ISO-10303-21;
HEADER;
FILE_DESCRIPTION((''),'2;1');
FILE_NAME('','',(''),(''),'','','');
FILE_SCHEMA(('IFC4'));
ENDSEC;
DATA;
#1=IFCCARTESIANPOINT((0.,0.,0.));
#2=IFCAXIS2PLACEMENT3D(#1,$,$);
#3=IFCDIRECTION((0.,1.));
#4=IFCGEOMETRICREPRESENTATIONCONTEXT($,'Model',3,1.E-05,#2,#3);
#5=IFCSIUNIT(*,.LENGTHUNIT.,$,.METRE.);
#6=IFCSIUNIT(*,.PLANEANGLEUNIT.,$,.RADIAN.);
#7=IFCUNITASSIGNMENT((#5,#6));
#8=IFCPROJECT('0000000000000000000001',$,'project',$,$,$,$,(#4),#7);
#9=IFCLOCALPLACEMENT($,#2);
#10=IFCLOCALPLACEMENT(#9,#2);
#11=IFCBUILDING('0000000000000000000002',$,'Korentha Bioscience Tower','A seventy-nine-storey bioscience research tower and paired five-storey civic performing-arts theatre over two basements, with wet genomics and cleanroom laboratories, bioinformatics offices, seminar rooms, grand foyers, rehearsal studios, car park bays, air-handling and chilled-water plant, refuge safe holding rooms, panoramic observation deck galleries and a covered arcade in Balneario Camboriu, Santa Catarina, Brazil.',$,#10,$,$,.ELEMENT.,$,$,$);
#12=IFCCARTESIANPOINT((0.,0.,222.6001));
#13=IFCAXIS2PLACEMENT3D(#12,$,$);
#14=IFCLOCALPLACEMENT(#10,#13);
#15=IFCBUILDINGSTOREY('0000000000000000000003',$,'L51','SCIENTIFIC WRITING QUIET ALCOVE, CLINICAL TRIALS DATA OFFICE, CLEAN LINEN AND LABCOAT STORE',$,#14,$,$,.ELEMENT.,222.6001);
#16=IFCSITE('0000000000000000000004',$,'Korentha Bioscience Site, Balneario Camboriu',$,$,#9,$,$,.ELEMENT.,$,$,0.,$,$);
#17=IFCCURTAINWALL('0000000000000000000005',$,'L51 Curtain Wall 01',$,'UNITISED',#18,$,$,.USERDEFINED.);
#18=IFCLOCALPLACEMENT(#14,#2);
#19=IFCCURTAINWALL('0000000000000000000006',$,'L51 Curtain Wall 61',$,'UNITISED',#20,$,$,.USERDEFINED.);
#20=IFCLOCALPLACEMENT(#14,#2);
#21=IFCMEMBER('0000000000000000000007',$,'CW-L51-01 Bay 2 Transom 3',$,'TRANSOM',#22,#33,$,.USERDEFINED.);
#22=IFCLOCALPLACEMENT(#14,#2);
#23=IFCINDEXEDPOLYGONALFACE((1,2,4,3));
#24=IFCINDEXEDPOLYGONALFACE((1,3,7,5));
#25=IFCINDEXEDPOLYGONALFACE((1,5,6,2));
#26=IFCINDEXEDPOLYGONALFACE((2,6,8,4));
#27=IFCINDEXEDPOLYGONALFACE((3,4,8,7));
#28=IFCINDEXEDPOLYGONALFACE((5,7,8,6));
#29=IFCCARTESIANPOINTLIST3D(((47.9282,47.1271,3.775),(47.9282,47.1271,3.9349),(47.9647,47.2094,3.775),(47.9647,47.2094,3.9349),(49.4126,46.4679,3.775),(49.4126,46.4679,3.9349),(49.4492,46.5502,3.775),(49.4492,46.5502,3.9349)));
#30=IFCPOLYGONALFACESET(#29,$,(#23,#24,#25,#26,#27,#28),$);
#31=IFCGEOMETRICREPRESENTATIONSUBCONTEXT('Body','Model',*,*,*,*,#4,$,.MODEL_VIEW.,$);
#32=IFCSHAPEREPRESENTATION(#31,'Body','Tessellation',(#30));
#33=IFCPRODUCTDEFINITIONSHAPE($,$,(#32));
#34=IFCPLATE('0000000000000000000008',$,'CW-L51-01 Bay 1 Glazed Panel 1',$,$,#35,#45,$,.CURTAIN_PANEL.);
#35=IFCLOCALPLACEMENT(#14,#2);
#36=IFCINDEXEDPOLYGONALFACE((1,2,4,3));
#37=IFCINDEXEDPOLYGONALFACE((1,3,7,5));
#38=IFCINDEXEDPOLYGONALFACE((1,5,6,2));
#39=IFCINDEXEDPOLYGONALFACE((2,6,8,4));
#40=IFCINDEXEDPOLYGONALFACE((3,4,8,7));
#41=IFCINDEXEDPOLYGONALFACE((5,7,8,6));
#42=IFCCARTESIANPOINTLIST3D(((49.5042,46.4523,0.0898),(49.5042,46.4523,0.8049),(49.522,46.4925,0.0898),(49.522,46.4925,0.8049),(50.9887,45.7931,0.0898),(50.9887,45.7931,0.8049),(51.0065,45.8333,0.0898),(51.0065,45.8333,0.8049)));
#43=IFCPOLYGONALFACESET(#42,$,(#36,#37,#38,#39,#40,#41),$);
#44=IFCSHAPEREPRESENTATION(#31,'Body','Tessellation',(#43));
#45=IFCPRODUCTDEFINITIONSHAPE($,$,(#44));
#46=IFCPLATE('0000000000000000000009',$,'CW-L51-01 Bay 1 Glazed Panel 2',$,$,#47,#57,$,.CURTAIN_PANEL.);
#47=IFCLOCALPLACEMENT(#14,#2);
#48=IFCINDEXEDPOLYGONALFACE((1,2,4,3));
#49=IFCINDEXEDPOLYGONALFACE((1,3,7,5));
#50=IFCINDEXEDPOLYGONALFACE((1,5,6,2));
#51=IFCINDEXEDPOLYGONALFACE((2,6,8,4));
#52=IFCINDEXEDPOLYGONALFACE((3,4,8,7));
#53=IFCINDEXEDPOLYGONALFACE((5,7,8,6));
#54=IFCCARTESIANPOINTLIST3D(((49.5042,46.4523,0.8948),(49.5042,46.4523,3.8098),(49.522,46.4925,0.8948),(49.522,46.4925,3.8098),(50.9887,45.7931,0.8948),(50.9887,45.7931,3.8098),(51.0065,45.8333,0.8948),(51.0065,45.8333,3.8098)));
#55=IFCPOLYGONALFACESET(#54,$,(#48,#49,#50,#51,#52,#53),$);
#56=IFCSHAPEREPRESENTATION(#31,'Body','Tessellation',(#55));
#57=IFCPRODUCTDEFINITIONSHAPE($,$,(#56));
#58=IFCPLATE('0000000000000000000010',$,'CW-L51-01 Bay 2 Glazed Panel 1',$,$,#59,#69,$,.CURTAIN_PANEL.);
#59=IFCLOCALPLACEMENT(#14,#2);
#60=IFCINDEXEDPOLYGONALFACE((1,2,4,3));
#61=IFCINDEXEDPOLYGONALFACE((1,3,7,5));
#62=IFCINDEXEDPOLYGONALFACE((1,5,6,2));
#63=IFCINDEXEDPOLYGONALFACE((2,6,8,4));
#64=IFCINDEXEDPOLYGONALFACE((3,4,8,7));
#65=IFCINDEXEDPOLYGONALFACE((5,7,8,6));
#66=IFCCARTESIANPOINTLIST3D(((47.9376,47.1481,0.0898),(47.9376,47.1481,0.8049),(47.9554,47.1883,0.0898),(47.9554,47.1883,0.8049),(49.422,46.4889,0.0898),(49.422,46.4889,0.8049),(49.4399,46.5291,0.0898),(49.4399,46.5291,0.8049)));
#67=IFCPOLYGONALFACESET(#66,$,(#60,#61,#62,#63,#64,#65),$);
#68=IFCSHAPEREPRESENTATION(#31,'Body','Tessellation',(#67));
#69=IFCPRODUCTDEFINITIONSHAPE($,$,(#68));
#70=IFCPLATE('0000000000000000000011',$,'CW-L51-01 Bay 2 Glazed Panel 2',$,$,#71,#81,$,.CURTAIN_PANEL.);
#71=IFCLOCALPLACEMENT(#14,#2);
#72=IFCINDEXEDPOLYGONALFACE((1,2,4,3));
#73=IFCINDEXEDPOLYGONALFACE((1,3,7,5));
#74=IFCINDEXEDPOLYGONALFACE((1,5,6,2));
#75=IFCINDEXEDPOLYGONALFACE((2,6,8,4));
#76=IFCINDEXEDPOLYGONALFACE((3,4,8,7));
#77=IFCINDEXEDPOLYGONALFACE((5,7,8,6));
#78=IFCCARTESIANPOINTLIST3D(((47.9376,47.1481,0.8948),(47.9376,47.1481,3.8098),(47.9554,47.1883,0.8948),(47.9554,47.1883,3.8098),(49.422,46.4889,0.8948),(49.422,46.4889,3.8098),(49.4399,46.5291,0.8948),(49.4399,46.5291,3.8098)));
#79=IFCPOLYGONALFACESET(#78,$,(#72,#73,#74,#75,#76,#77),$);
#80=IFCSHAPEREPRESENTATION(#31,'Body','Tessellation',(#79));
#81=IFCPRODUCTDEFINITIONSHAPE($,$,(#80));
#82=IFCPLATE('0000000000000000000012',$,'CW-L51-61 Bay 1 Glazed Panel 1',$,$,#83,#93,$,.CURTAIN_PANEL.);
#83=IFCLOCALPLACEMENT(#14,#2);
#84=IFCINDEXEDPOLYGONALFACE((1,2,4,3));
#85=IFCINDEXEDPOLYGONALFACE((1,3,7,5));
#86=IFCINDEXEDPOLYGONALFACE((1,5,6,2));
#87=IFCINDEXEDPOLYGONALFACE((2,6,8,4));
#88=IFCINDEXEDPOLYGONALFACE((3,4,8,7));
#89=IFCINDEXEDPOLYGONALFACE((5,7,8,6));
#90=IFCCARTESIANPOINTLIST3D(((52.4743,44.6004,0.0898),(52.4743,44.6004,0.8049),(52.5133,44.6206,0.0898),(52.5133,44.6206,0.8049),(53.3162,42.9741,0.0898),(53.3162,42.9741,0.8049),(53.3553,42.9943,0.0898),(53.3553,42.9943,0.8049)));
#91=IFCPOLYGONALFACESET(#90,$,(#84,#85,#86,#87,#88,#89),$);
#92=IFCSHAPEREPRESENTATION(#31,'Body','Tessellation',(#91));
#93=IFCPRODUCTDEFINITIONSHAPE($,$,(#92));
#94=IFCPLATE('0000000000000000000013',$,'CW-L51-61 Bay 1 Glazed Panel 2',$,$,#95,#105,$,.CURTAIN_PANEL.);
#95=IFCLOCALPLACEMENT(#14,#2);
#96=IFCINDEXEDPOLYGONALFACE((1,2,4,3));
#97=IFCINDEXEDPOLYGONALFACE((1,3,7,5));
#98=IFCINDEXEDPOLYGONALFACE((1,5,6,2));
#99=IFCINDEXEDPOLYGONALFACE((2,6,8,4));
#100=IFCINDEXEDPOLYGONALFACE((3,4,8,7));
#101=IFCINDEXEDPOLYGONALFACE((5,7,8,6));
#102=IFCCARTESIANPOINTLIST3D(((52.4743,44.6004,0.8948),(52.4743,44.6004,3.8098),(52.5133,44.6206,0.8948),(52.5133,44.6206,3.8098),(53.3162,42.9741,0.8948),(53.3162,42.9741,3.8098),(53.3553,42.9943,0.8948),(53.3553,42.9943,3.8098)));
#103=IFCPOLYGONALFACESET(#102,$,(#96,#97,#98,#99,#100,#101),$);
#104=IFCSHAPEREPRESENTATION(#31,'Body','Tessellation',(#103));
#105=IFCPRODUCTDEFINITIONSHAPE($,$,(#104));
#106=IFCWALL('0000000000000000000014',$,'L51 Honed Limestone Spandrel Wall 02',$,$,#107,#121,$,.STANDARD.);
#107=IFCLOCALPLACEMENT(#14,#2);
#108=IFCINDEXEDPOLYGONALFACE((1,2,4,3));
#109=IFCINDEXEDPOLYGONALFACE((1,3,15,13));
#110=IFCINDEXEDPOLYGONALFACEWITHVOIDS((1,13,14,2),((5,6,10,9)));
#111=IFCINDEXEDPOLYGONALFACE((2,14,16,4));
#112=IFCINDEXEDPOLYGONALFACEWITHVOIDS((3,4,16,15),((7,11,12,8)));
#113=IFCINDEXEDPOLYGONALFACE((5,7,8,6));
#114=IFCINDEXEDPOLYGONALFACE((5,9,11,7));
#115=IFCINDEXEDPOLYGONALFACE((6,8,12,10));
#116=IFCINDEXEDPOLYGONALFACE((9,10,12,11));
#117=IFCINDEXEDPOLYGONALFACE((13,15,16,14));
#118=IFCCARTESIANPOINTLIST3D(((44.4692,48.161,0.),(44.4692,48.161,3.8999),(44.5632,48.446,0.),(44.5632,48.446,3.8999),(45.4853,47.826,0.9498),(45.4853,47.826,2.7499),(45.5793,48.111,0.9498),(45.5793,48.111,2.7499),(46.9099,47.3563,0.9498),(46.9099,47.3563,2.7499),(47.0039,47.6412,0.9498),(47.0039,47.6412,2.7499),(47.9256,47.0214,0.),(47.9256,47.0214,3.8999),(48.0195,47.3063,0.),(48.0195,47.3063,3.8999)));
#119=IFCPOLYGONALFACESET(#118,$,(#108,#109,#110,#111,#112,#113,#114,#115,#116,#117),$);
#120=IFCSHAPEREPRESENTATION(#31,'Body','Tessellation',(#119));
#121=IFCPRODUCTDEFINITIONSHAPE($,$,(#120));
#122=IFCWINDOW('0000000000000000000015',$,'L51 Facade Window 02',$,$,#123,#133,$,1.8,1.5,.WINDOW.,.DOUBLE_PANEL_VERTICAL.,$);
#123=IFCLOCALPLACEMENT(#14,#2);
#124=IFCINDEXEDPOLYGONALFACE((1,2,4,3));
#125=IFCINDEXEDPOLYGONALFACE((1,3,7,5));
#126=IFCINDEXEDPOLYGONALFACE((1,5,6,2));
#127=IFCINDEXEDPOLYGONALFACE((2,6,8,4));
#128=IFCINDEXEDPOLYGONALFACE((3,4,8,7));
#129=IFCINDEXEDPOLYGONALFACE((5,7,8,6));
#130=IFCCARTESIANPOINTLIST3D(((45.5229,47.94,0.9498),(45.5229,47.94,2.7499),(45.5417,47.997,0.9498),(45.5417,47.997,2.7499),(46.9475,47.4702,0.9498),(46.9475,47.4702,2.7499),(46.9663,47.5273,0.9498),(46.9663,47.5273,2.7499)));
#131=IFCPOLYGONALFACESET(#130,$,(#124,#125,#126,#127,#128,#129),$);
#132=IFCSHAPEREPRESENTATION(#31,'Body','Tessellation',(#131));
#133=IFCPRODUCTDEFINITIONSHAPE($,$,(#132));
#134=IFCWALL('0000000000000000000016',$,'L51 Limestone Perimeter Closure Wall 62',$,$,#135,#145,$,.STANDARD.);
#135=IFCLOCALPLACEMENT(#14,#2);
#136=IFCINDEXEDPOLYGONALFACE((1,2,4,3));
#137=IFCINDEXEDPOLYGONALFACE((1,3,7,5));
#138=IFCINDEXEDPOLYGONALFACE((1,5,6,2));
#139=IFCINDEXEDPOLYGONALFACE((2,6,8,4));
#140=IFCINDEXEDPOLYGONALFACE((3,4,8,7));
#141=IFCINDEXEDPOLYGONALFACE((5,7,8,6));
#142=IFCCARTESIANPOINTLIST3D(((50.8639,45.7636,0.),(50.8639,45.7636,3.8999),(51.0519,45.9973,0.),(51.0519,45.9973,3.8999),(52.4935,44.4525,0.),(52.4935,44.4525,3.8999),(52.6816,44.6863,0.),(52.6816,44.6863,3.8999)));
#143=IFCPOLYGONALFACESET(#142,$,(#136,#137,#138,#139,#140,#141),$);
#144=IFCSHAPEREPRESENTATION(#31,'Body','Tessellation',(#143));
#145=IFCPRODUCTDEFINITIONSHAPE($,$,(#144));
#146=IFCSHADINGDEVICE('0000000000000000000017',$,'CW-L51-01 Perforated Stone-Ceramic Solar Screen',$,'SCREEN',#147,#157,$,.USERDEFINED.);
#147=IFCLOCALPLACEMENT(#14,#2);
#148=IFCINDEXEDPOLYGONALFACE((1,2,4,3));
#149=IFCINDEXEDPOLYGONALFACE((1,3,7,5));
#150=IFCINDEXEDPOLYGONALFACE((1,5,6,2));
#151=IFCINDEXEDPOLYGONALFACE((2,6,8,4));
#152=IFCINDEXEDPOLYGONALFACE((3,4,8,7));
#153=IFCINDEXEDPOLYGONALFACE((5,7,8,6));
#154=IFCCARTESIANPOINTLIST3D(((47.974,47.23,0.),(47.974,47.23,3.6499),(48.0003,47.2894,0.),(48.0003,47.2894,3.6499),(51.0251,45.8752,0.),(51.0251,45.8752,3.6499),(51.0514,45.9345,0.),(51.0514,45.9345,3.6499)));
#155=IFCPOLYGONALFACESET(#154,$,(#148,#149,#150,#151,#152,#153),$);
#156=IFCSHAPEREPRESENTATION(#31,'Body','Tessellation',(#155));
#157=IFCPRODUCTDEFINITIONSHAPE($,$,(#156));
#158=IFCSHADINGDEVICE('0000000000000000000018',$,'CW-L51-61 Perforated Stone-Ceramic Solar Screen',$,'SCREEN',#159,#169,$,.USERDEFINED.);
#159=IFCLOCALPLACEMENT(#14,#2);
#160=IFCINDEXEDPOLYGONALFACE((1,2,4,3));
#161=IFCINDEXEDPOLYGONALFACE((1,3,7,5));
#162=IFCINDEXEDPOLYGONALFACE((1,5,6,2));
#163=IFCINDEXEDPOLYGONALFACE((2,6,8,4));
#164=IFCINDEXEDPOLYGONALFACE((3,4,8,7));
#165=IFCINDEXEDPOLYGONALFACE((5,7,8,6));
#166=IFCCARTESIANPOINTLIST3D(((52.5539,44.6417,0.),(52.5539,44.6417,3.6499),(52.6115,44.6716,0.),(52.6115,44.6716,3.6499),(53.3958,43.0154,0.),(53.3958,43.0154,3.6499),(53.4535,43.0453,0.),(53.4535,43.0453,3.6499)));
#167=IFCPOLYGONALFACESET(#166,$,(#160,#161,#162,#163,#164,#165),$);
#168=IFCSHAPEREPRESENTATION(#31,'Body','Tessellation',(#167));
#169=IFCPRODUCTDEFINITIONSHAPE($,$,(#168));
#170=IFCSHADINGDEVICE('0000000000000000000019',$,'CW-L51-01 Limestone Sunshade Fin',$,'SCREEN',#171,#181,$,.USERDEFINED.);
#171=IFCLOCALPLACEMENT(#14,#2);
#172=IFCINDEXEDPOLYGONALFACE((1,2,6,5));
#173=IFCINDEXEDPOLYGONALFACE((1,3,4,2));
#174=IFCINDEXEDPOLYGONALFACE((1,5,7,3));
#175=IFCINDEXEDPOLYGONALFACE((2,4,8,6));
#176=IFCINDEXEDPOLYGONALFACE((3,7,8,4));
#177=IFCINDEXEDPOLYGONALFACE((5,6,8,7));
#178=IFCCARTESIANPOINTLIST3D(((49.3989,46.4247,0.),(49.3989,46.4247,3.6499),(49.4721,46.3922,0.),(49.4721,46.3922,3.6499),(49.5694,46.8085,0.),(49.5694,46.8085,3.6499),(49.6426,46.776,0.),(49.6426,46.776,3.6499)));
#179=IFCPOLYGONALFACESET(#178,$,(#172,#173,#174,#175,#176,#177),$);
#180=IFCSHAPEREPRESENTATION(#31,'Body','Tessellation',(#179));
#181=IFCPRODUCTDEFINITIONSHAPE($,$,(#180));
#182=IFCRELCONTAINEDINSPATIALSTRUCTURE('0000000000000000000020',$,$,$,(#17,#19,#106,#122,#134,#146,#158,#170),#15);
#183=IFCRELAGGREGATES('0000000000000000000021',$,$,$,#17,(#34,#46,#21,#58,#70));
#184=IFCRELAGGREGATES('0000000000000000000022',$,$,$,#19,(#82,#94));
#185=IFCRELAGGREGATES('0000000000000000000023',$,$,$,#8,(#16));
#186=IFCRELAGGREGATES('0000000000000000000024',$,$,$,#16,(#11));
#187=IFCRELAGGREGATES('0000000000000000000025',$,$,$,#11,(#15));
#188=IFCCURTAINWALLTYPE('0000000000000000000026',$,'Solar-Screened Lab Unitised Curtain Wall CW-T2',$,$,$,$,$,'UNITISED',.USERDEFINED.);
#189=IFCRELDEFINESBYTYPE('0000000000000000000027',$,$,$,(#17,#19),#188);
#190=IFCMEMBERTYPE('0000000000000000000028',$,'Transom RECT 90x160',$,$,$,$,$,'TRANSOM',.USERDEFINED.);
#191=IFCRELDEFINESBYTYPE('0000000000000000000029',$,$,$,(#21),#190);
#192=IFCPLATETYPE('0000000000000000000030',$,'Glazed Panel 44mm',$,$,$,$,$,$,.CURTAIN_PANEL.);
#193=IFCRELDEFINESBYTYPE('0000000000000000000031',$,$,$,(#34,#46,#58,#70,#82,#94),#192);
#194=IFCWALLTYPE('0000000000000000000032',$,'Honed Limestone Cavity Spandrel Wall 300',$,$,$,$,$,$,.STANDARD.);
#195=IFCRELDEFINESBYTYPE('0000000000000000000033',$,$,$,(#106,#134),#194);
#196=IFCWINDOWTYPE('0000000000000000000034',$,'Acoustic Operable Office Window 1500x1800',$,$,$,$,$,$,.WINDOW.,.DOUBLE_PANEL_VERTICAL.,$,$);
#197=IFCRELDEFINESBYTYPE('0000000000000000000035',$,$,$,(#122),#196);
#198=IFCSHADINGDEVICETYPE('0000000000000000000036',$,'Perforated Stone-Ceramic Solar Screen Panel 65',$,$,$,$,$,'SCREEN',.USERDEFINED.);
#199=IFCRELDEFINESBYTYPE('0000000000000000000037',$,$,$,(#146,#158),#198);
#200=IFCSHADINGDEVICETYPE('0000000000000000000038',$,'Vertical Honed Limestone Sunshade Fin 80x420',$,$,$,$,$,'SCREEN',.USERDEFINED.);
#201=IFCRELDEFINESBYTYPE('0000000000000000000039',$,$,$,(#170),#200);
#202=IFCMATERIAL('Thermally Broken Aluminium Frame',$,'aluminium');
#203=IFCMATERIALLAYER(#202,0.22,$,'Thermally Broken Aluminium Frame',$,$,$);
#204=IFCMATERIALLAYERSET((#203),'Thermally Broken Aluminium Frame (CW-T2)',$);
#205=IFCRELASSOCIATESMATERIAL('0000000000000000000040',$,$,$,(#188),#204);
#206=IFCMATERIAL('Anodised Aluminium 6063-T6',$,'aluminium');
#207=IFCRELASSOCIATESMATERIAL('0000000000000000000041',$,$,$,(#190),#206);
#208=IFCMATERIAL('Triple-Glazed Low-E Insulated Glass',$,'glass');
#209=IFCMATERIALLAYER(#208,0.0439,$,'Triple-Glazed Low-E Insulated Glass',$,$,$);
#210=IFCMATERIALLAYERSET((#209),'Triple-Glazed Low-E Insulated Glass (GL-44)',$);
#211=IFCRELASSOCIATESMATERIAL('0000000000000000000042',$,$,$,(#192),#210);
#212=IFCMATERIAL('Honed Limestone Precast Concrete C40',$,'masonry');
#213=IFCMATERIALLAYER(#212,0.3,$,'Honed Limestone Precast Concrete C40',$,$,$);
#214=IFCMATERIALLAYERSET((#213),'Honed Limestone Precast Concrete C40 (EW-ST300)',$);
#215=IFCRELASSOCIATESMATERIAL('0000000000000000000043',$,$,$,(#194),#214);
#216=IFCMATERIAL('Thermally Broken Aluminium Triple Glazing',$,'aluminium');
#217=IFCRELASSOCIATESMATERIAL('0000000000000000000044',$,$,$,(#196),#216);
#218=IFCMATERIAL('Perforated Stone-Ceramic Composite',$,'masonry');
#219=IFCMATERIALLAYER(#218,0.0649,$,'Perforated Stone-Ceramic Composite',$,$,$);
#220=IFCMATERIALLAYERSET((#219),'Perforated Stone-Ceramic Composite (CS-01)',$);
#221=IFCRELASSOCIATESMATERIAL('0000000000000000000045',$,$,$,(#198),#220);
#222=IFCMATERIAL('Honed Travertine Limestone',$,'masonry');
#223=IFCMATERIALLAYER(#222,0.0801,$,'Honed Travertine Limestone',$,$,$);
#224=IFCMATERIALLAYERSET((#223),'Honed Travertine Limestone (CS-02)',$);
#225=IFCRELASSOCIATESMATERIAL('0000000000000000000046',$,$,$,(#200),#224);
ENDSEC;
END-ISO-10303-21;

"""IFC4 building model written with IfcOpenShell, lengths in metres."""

from ifc_helpers import new_model, si_unit, direction, frame, frame_2d, origin, origin_2d, place, context, subcontext, project, spatial, rectangle, extrude, material, layer, layer_set, material_profile, profile_set, type_object, element, fill, aggregate, save


model = new_model("IFC4")

# Units and contexts
model_context = context("Model", 3, precision=1e-05, world=origin(), true_north=direction((0.0, 1.0)))
body_context = subcontext(model_context, "Body", "Model", "MODEL_VIEW")
ifc_project = project(units=[si_unit("LENGTHUNIT", "METRE"), si_unit("PLANEANGLEUNIT", "RADIAN")], contexts=[model_context])

# Site, building, storey
site_placement = place(None, origin())
site = spatial("IfcSite", under=ifc_project, at=site_placement, Name="Korentha Bioscience Site, Balneario Camboriu", CompositionType="ELEMENT", RefElevation=0.0)
building_placement = place(site_placement, origin())
building = spatial("IfcBuilding", under=site, at=building_placement, Name="Korentha Bioscience Tower", Description="A seventy-nine-storey bioscience research tower and paired five-storey civic performing-arts theatre over two basements, with wet genomics and cleanroom laboratories, bioinformatics offices, seminar rooms, grand foyers, rehearsal studios, car park bays, air-handling and chilled-water plant, refuge safe holding rooms, panoramic observation deck galleries and a covered arcade in Balneario Camboriu, Santa Catarina, Brazil.", CompositionType="ELEMENT")
storey_placement = place(building_placement, frame((0.0, 0.0, 222.6001)))
storey = spatial("IfcBuildingStorey", under=building, at=storey_placement, Name="L51", Description="SCIENTIFIC WRITING QUIET ALCOVE, CLINICAL TRIALS DATA OFFICE, CLEAN LINEN AND LABCOAT STORE", CompositionType="ELEMENT", Elevation=222.6001)

# Curtain wall
ifc_material_1 = material(Name="Thermally Broken Aluminium Frame", Category="aluminium")
ifc_layer_1 = layer(ifc_material_1, 0.22, Name="Thermally Broken Aluminium Frame")
ifc_layer_set_1 = layer_set([ifc_layer_1], Name="Thermally Broken Aluminium Frame (CW-T2)")
curtain_wall_type = type_object("IfcCurtainWallType", Name="Solar-Screened Lab Unitised Curtain Wall CW-T2", ElementType="UNITISED", PredefinedType="USERDEFINED", material=ifc_layer_set_1)
curtain_wall_1_placement = place(storey_placement, origin())
curtain_wall_1 = element("IfcCurtainWall", 1, at=curtain_wall_1_placement, inside=storey, type_object=curtain_wall_type, Name="L51 Curtain Wall 01", ObjectType="UNITISED", PredefinedType="USERDEFINED")
ifc_material_2 = material(Name="Anodised Aluminium 6063-T6", Category="aluminium")

# Curtain wall
curtain_wall_2_placement = place(storey_placement, origin())
curtain_wall_2 = element("IfcCurtainWall", 2, at=curtain_wall_2_placement, inside=storey, type_object=curtain_wall_type, Name="L51 Curtain Wall 61", ObjectType="UNITISED", PredefinedType="USERDEFINED")

# Member
ifc_material_profile_1 = material_profile(ifc_material_2, rectangle(XDim=0.0901, YDim=0.1599, at=origin_2d()), Name="Anodised Aluminium 6063-T6")
ifc_profile_set_1 = profile_set([ifc_material_profile_1], Name="Anodised Aluminium 6063-T6 (CW-TRN)")
member_type_1 = type_object("IfcMemberType", Name="Transom RECT 90x160", ElementType="TRANSOM", PredefinedType="USERDEFINED", material=ifc_profile_set_1)
member_1_placement = place(storey_placement, frame((49.4309, 46.509, 3.855), z_axis=(-0.913935, 0.40586, 0.0), x_axis=(-0.40586, -0.913935, 0.0)))
member_1 = element("IfcMember", 3, at=member_1_placement, type_object=member_type_1, Name="CW-L51-01 Bay 2 Transom 3", ObjectType="TRANSOM", PredefinedType="USERDEFINED", context=body_context, shape_type="SweptSolid", body=[
    extrude(rectangle(XDim=0.0901, YDim=0.1599, at=origin_2d()), origin(), (0.0, 0.0, 1.0), 1.6243),
])

# Plates
ifc_material_3 = material(Name="Triple-Glazed Low-E Insulated Glass", Category="glass")
ifc_layer_2 = layer(ifc_material_3, 0.0439, Name="Triple-Glazed Low-E Insulated Glass")
ifc_layer_set_2 = layer_set([ifc_layer_2], Name="Triple-Glazed Low-E Insulated Glass (GL-44)")
plate_type = type_object("IfcPlateType", Name="Glazed Panel 44mm", PredefinedType="CURTAIN_PANEL", material=ifc_layer_set_2)
plate_1_placement = place(storey_placement, frame((50.2554, 46.1428, 0.0898), z_axis=(0.0, 0.0, 1.0), x_axis=(-0.913944, 0.40584, 0.0)))
plate_1 = element("IfcPlate", 4, at=plate_1_placement, type_object=plate_type, Name="CW-L51-01 Bay 1 Glazed Panel 1", PredefinedType="CURTAIN_PANEL", context=body_context, shape_type="SweptSolid", body=[
    extrude(rectangle(XDim=1.6243, YDim=0.0439, at=origin_2d()), origin(), (0.0, 0.0, 1.0), 0.7151),
])
plate_2_placement = place(storey_placement, frame((50.2554, 46.1428, 0.8948), z_axis=(0.0, 0.0, 1.0), x_axis=(-0.913944, 0.40584, 0.0)))
plate_2 = element("IfcPlate", 5, at=plate_2_placement, type_object=plate_type, Name="CW-L51-01 Bay 1 Glazed Panel 2", PredefinedType="CURTAIN_PANEL", context=body_context, shape_type="SweptSolid", body=[
    extrude(rectangle(XDim=1.6243, YDim=0.0439, at=origin_2d()), origin(), (0.0, 0.0, 1.0), 2.915),
])
plate_3_placement = place(storey_placement, frame((48.6887, 46.8386, 0.0898), z_axis=(0.0, 0.0, 1.0), x_axis=(-0.913944, 0.40584, 0.0)))
plate_3 = element("IfcPlate", 6, at=plate_3_placement, type_object=plate_type, Name="CW-L51-01 Bay 2 Glazed Panel 1", PredefinedType="CURTAIN_PANEL", context=body_context, shape_type="SweptSolid", body=[
    extrude(rectangle(XDim=1.6243, YDim=0.0439, at=origin_2d()), origin(), (0.0, 0.0, 1.0), 0.7151),
])
plate_4_placement = place(storey_placement, frame((48.6887, 46.8386, 0.8948), z_axis=(0.0, 0.0, 1.0), x_axis=(-0.913944, 0.40584, 0.0)))
plate_4 = element("IfcPlate", 7, at=plate_4_placement, type_object=plate_type, Name="CW-L51-01 Bay 2 Glazed Panel 2", PredefinedType="CURTAIN_PANEL", context=body_context, shape_type="SweptSolid", body=[
    extrude(rectangle(XDim=1.6243, YDim=0.0439, at=origin_2d()), origin(), (0.0, 0.0, 1.0), 2.915),
])
aggregate(curtain_wall_1, [plate_1, plate_2, member_1, plate_3, plate_4])
plate_5_placement = place(storey_placement, frame((52.9148, 43.7974, 0.0898), z_axis=(0.0, 0.0, 1.0), x_axis=(-0.459738, 0.888055, 0.0)))
plate_5 = element("IfcPlate", 8, at=plate_5_placement, type_object=plate_type, Name="CW-L51-61 Bay 1 Glazed Panel 1", PredefinedType="CURTAIN_PANEL", context=body_context, shape_type="SweptSolid", body=[
    extrude(rectangle(XDim=1.8313, YDim=0.0439, at=origin_2d()), origin(), (0.0, 0.0, 1.0), 0.7151),
])
plate_6_placement = place(storey_placement, frame((52.9148, 43.7974, 0.8948), z_axis=(0.0, 0.0, 1.0), x_axis=(-0.459738, 0.888055, 0.0)))
plate_6 = element("IfcPlate", 9, at=plate_6_placement, type_object=plate_type, Name="CW-L51-61 Bay 1 Glazed Panel 2", PredefinedType="CURTAIN_PANEL", context=body_context, shape_type="SweptSolid", body=[
    extrude(rectangle(XDim=1.8313, YDim=0.0439, at=origin_2d()), origin(), (0.0, 0.0, 1.0), 2.915),
])
aggregate(curtain_wall_2, [plate_5, plate_6])

# Wall, opening, window
ifc_material_4 = material(Name="Honed Limestone Precast Concrete C40", Category="masonry")
ifc_layer_3 = layer(ifc_material_4, 0.3, Name="Honed Limestone Precast Concrete C40")
ifc_layer_set_3 = layer_set([ifc_layer_3], Name="Honed Limestone Precast Concrete C40 (EW-ST300)")
wall_type = type_object("IfcWallType", Name="Honed Limestone Cavity Spandrel Wall 300", PredefinedType="STANDARD", material=ifc_layer_set_3)
wall_1_placement = place(storey_placement, frame((47.9727, 47.1638, 0.0), z_axis=(0.0, 0.0, 1.0), x_axis=(-0.949705, 0.313147, 0.0)))
wall_1 = element("IfcWall", 10, at=wall_1_placement, inside=storey, type_object=wall_type, Name="L51 Honed Limestone Spandrel Wall 02", PredefinedType="STANDARD", context=body_context, shape_type="SweptSolid", body=[
    extrude(rectangle(XDim=3.6394, YDim=0.3, at=frame_2d((1.8198, 0.0))), origin(), (0.0, 0.0, 1.0), 3.8999),
])
opening_placement = place(wall_1_placement, frame((1.0696, 0.0, 0.95)))
opening = element("IfcOpeningElement", 11, at=opening_placement, cuts=wall_1, PredefinedType="OPENING", context=body_context, shape_type="SweptSolid", body=[
    extrude(rectangle(XDim=1.5, YDim=1.8, at=frame_2d((0.75, 0.8999))), frame((0.0, 0.165, 0.0), z_axis=(0.0, -1.0, 0.0), x_axis=(1.0, 0.0, 0.0)), (0.0, 0.0, 1.0), 0.3298),
])
ifc_material_5 = material(Name="Thermally Broken Aluminium Triple Glazing", Category="aluminium")
window_type = type_object("IfcWindowType", Name="Acoustic Operable Office Window 1500x1800", PartitioningType="DOUBLE_PANEL_VERTICAL", PredefinedType="WINDOW", material=ifc_material_5)
window_placement = place(opening_placement, origin())
window = element("IfcWindow", 12, at=window_placement, inside=storey, type_object=window_type, Name="L51 Facade Window 02", OverallHeight=1.8, OverallWidth=1.5, PartitioningType="DOUBLE_PANEL_VERTICAL", PredefinedType="WINDOW", context=body_context, shape_type="SweptSolid", body=[
    extrude(rectangle(XDim=1.5, YDim=1.8, at=frame_2d((0.75, 0.8999))), frame((0.0, 0.03, 0.0), z_axis=(0.0, -1.0, 0.0), x_axis=(1.0, 0.0, 0.0)), (0.0, 0.0, 1.0), 0.0601),
])
fill(opening, window)

# Wall
wall_2_placement = place(storey_placement, frame((52.5876, 44.5693, 0.0), z_axis=(0.0, 0.0, 1.0), x_axis=(-0.779158, 0.626828, 0.0)))
element("IfcWall", 13, at=wall_2_placement, inside=storey, type_object=wall_type, Name="L51 Limestone Perimeter Closure Wall 62", PredefinedType="STANDARD", context=body_context, shape_type="SweptSolid", body=[
    extrude(rectangle(XDim=2.0916, YDim=0.3, at=frame_2d((1.0459, 0.0))), origin(), (0.0, 0.0, 1.0), 3.8999),
])

# Shading devices
ifc_material_6 = material(Name="Perforated Stone-Ceramic Composite", Category="masonry")
ifc_layer_4 = layer(ifc_material_6, 0.0649, Name="Perforated Stone-Ceramic Composite")
ifc_layer_set_4 = layer_set([ifc_layer_4], Name="Perforated Stone-Ceramic Composite (CS-01)")
shading_device_type_1 = type_object("IfcShadingDeviceType", Name="Perforated Stone-Ceramic Solar Screen Panel 65", ElementType="SCREEN", PredefinedType="USERDEFINED", material=ifc_layer_set_4)
shading_device_1_placement = place(storey_placement, frame((49.5127, 46.5823, 0.0), z_axis=(0.0, 0.0, 1.0), x_axis=(-0.913944, 0.40584, 0.0)))
element("IfcShadingDevice", 14, at=shading_device_1_placement, inside=storey, type_object=shading_device_type_1, Name="CW-L51-01 Perforated Stone-Ceramic Solar Screen", ObjectType="SCREEN", PredefinedType="USERDEFINED", context=body_context, shape_type="SweptSolid", body=[
    extrude(rectangle(XDim=3.3384, YDim=0.0649, at=origin_2d()), origin(), (0.0, 0.0, 1.0), 3.6499),
])
shading_device_2_placement = place(storey_placement, frame((53.0037, 43.8435, 0.0), z_axis=(0.0, 0.0, 1.0), x_axis=(-0.459738, 0.888055, 0.0)))
element("IfcShadingDevice", 15, at=shading_device_2_placement, inside=storey, type_object=shading_device_type_1, Name="CW-L51-61 Perforated Stone-Ceramic Solar Screen", ObjectType="SCREEN", PredefinedType="USERDEFINED", context=body_context, shape_type="SweptSolid", body=[
    extrude(rectangle(XDim=1.8313, YDim=0.0649, at=origin_2d()), origin(), (0.0, 0.0, 1.0), 3.6499),
])
ifc_material_7 = material(Name="Honed Travertine Limestone", Category="masonry")
ifc_layer_5 = layer(ifc_material_7, 0.0801, Name="Honed Travertine Limestone")
ifc_layer_set_5 = layer_set([ifc_layer_5], Name="Honed Travertine Limestone (CS-02)")
shading_device_type_2 = type_object("IfcShadingDeviceType", Name="Vertical Honed Limestone Sunshade Fin 80x420", ElementType="SCREEN", PredefinedType="USERDEFINED", material=ifc_layer_set_5)
for number, where, z_axis, x_axis, name in (
    (16, (49.5208, 46.6003, 0.0), (0.0, 0.0, 1.0), (-0.913944, 0.40584, 0.0), "CW-L51-01 Limestone Sunshade Fin"),
):
    element("IfcShadingDevice", number, at=place(storey_placement, frame(where, z_axis=z_axis, x_axis=x_axis)), inside=storey, type_object=shading_device_type_2, Name=name, ObjectType="SCREEN", PredefinedType="USERDEFINED", context=body_context, shape_type="SweptSolid", body=[
        extrude(rectangle(XDim=0.0801, YDim=0.4199, at=origin_2d()), origin(), (0.0, 0.0, 1.0), 3.6499),
    ])

save(model, "model.ifc")
